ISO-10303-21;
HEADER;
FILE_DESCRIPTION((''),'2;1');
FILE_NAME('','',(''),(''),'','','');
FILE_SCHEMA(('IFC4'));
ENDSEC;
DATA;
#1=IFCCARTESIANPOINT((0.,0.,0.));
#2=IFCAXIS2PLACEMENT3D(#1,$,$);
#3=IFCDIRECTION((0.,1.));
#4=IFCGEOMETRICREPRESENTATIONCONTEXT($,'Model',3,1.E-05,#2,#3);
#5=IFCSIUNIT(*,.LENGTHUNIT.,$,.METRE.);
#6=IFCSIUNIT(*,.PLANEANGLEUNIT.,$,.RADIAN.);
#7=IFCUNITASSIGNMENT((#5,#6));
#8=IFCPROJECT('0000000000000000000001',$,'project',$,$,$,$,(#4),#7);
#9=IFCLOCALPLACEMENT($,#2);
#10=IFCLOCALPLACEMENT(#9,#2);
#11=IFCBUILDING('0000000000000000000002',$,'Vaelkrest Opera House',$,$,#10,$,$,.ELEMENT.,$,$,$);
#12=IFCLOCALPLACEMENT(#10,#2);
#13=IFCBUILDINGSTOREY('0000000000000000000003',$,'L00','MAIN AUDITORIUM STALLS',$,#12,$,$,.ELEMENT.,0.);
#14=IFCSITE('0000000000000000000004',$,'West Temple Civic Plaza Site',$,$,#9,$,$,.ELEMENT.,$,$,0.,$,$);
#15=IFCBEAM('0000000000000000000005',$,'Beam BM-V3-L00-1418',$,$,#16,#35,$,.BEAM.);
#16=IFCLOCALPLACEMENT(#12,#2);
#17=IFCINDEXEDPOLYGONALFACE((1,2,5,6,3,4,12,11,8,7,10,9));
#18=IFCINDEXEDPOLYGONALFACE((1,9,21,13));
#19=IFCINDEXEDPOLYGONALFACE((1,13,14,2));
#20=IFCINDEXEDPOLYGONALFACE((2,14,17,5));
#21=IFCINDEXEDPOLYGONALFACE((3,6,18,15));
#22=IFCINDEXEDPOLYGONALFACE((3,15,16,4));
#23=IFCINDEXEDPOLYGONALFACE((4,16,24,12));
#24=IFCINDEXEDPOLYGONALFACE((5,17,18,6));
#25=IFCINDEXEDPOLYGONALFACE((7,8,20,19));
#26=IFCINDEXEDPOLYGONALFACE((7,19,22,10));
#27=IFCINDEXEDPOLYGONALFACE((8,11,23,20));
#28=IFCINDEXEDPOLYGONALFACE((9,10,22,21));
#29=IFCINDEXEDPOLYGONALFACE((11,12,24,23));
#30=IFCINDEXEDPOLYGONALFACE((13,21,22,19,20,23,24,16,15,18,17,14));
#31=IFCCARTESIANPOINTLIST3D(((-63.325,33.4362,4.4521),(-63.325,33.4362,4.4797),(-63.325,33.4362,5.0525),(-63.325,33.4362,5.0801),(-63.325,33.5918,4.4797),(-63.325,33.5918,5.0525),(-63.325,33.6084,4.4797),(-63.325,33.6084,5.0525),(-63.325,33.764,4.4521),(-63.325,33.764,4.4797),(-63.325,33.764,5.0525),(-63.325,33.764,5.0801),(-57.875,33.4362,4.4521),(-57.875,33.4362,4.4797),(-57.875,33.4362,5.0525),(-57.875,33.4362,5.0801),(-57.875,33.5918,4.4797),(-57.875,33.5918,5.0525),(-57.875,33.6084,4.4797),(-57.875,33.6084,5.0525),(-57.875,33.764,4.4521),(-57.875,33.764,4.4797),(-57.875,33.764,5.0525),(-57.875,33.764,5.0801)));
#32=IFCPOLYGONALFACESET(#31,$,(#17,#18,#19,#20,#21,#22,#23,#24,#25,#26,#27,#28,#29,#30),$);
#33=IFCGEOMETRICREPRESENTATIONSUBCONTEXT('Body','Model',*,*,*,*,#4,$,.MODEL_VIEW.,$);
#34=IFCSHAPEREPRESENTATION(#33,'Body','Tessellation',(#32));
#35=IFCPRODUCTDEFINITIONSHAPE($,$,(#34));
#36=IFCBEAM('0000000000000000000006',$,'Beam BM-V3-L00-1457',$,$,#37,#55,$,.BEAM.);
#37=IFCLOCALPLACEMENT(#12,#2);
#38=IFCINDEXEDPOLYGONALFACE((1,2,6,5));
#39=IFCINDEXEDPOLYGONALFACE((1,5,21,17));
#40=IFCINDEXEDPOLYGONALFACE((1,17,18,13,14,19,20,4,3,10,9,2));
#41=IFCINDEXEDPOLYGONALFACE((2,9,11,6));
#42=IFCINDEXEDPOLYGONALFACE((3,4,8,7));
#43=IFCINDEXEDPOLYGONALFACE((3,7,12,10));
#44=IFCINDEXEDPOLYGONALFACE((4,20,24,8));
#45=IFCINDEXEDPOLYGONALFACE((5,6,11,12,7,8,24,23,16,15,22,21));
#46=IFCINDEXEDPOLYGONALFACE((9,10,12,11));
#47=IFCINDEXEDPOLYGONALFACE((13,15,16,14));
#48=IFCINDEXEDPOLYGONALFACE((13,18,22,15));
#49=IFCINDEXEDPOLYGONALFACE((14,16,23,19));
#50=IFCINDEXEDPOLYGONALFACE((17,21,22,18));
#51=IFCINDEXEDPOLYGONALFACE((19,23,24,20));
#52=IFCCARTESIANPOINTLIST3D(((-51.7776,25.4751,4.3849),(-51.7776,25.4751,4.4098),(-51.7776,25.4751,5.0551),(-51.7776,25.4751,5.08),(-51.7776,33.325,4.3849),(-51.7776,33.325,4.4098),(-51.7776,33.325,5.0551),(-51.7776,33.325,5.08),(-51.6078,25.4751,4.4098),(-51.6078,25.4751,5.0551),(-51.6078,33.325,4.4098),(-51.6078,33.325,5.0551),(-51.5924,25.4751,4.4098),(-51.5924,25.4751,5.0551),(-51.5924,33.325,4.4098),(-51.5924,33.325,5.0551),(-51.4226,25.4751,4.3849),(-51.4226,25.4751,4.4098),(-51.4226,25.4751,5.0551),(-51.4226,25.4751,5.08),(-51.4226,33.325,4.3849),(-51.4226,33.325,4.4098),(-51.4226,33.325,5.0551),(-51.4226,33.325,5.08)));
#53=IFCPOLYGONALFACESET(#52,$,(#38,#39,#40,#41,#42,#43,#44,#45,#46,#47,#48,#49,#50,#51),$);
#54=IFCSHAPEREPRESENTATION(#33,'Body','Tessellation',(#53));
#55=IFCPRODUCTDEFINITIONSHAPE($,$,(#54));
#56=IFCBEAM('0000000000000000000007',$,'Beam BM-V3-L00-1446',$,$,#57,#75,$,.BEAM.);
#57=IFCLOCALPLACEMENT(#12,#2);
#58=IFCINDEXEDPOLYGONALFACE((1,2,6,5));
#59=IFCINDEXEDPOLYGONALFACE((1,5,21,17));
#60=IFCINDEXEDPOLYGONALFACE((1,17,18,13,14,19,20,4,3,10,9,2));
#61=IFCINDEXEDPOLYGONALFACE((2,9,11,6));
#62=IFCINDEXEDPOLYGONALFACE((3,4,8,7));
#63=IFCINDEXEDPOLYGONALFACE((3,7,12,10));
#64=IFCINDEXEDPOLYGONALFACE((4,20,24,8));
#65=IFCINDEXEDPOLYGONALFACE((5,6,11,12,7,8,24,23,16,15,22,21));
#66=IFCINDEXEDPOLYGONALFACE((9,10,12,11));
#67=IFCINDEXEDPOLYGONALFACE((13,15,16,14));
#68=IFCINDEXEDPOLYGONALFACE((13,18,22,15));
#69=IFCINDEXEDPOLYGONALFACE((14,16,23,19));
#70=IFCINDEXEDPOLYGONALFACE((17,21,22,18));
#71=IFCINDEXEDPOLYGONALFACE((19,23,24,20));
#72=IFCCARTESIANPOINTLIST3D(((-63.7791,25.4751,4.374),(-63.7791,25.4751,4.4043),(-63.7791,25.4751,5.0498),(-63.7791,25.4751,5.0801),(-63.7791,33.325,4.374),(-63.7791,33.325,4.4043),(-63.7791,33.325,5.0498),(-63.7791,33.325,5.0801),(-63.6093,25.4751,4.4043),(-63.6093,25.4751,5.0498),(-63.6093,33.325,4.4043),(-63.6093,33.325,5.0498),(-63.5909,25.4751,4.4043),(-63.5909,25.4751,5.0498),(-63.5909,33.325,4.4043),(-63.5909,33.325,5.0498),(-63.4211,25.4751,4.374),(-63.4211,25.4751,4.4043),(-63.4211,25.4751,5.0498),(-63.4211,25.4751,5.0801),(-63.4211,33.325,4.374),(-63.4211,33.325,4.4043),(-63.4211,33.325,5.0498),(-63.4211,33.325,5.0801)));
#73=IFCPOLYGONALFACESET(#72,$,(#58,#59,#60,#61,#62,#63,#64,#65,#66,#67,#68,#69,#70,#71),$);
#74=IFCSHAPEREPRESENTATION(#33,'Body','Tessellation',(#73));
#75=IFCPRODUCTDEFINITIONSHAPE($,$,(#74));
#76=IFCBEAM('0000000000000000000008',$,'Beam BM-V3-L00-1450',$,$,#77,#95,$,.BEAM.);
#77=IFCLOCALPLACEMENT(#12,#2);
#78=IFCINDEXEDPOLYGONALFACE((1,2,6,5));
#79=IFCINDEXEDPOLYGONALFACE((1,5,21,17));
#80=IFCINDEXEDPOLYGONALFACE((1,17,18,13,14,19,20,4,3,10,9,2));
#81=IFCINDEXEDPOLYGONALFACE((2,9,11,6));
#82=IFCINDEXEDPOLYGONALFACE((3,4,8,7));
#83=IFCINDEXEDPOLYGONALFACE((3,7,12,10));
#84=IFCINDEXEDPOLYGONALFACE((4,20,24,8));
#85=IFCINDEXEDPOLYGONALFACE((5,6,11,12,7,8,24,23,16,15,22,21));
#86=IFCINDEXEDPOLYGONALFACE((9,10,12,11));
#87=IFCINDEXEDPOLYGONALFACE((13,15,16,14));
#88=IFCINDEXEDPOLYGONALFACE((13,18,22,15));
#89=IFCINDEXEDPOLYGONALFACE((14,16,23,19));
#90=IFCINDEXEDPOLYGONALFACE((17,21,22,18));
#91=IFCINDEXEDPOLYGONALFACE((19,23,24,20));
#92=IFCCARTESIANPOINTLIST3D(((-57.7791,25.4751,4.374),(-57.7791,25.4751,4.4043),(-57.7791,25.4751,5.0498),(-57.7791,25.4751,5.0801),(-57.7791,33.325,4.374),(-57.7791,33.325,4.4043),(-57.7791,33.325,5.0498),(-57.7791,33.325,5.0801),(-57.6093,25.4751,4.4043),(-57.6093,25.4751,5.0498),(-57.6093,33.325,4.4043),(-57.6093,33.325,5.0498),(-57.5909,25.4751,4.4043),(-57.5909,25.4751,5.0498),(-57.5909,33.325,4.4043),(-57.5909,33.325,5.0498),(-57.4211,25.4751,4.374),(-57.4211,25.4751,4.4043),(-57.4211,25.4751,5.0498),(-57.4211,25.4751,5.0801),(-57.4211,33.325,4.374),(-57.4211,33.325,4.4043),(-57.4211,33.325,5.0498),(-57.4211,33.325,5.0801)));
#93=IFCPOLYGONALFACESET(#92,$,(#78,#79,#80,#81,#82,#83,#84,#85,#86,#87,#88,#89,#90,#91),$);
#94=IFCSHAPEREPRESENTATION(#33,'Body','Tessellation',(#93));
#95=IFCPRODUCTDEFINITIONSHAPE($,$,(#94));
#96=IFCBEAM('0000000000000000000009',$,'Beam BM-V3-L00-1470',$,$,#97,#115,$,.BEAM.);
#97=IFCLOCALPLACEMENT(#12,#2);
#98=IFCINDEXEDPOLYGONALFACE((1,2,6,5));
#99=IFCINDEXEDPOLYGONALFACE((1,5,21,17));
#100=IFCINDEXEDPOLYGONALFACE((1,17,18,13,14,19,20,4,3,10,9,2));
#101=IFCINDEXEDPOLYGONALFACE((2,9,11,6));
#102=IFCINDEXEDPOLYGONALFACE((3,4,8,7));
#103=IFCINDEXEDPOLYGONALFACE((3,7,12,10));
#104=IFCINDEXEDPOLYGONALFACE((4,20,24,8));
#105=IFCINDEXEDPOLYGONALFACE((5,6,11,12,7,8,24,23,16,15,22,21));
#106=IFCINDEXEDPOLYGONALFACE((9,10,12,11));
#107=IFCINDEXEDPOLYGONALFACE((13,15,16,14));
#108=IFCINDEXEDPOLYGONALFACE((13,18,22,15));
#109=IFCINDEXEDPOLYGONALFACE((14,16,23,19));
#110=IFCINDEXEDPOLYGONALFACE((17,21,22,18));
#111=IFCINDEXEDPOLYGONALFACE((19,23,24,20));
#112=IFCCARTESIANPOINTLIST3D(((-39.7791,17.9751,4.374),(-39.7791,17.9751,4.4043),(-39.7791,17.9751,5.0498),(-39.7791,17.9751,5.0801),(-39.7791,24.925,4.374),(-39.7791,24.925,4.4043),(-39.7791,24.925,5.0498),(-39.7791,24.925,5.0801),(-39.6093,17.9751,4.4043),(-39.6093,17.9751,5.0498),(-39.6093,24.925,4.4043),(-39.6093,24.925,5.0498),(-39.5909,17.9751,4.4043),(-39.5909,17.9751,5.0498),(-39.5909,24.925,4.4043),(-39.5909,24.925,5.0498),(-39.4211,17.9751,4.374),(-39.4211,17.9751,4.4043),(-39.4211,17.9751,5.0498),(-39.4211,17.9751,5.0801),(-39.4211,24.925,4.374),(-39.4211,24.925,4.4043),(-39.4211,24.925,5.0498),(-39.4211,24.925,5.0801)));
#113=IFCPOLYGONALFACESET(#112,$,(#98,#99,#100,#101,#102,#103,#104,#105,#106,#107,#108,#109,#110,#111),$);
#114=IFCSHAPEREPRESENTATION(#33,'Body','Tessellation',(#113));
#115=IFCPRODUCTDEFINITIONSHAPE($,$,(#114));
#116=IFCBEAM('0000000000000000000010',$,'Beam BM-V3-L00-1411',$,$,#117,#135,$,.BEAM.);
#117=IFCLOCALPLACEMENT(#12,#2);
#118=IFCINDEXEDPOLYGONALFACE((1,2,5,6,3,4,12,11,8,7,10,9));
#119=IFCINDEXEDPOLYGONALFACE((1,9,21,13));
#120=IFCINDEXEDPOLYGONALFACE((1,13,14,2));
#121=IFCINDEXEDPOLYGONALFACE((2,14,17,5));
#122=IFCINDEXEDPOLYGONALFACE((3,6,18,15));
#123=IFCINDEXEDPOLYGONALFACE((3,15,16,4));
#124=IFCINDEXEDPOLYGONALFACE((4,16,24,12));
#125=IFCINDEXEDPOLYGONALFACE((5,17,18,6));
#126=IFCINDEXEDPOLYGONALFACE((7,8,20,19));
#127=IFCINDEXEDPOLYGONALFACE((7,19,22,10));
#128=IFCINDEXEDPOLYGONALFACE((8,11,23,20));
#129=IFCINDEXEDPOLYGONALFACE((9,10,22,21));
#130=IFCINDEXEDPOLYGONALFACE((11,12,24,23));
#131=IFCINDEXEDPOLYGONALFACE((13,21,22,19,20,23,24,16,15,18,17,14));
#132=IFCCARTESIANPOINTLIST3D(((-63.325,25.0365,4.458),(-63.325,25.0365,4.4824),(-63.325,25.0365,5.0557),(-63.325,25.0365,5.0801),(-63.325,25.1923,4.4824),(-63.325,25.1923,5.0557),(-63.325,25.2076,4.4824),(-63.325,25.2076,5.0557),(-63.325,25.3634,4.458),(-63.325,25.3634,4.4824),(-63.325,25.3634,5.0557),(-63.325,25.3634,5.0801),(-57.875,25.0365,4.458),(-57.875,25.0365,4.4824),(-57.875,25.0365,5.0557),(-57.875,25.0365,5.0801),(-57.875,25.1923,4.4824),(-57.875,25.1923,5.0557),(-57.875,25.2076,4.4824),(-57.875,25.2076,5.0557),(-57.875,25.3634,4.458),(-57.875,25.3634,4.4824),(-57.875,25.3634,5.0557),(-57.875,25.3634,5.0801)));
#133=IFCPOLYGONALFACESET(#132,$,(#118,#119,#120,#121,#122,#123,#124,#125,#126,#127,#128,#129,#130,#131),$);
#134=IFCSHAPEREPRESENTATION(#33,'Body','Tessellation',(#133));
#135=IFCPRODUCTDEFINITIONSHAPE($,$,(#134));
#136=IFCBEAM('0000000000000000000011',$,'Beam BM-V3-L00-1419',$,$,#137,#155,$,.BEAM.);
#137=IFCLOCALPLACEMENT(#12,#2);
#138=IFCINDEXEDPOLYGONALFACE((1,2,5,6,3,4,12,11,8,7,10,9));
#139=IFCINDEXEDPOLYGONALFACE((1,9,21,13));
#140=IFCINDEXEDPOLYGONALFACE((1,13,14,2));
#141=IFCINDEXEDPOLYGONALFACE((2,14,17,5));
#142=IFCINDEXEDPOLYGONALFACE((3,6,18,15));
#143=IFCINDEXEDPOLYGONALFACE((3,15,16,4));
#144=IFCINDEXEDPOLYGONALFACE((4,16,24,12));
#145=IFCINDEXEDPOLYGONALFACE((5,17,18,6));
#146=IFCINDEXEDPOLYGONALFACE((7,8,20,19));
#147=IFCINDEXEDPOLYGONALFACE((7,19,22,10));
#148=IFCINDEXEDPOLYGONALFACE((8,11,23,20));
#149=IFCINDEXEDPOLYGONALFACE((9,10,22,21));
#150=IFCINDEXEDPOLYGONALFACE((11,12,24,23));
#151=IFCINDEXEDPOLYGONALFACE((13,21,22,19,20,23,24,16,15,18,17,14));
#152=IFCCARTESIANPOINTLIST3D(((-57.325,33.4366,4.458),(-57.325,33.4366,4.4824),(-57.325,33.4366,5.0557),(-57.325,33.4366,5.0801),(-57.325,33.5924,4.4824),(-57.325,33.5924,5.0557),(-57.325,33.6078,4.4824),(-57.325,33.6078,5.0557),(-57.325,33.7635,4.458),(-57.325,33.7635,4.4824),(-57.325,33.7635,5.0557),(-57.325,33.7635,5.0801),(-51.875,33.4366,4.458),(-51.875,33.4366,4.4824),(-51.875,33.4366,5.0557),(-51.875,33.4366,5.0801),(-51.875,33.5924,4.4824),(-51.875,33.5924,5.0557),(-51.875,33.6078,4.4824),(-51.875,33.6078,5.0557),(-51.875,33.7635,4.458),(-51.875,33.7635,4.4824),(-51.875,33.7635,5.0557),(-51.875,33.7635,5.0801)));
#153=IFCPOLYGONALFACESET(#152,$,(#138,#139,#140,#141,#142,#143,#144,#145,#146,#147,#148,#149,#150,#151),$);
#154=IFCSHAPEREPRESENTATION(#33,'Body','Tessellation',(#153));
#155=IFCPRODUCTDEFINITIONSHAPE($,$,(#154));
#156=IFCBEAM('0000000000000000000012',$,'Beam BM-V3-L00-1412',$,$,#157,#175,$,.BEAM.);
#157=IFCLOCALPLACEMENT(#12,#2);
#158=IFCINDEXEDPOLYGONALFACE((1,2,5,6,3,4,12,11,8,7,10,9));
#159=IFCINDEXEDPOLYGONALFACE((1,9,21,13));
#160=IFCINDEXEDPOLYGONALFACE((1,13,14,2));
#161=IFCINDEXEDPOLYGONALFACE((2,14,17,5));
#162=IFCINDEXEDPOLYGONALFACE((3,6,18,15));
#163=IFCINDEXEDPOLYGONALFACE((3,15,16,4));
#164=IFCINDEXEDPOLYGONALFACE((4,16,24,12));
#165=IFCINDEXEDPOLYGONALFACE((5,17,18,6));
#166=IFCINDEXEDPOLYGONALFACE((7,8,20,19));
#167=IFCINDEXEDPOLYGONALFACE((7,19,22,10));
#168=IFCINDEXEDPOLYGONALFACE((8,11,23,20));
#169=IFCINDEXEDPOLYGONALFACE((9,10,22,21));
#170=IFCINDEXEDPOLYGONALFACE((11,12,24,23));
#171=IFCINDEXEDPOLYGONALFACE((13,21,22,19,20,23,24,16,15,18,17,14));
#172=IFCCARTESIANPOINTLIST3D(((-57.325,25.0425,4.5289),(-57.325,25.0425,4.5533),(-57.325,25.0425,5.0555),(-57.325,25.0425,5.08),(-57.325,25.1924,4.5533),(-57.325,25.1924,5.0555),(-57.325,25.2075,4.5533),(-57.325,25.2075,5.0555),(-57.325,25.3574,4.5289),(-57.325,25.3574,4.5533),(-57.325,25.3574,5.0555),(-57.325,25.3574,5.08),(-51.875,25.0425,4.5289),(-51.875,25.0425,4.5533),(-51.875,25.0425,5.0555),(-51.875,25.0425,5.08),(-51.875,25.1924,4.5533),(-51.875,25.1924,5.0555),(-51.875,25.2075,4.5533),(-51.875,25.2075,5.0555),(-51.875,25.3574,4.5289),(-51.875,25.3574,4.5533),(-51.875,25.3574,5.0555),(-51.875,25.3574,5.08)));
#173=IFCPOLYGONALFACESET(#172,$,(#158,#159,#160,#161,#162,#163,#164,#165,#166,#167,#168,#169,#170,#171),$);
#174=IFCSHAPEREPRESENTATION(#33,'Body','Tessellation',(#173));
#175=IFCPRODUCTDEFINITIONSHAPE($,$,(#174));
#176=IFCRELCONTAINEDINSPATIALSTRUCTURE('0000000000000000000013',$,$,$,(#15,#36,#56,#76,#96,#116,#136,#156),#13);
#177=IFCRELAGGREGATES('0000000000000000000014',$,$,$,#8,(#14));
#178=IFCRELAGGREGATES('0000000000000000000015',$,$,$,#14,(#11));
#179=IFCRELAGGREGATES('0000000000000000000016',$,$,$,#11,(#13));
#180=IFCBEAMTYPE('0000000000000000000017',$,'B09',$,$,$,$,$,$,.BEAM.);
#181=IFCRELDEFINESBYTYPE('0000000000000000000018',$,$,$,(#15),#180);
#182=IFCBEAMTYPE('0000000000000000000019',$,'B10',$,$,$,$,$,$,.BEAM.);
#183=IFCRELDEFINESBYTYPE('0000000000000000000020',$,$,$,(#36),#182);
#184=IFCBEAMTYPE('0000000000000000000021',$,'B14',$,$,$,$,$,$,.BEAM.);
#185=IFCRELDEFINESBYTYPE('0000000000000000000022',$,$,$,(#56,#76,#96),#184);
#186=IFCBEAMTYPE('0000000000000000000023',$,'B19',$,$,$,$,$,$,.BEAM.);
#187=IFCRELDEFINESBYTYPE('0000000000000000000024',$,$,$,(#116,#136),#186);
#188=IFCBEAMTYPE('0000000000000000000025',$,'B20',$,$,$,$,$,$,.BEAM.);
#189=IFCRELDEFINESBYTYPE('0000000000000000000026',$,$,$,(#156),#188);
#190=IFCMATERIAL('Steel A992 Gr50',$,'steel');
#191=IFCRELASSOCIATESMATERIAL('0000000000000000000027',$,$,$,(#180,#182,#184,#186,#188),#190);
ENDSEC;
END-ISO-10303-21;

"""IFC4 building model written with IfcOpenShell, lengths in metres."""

from ifc_helpers import new_model, si_unit, direction, frame, origin, origin_2d, place, context, subcontext, project, spatial, i_section, extrude, material, material_profile, profile_set, type_object, element, save


model = new_model("IFC4")

# Units and contexts
model_context = context("Model", 3, precision=1e-05, world=origin(), true_north=direction((0.0, 1.0)))
body_context = subcontext(model_context, "Body", "Model", "MODEL_VIEW")
ifc_project = project(units=[si_unit("LENGTHUNIT", "METRE"), si_unit("PLANEANGLEUNIT", "RADIAN")], contexts=[model_context])

# Site, building, storey
site_placement = place(None, origin())
site = spatial("IfcSite", under=ifc_project, at=site_placement, Name="West Temple Civic Plaza Site", CompositionType="ELEMENT", RefElevation=0.0)
building_placement = place(site_placement, origin())
building = spatial("IfcBuilding", under=site, at=building_placement, Name="Vaelkrest Opera House", CompositionType="ELEMENT")
storey_placement = place(building_placement, origin())
storey = spatial("IfcBuildingStorey", under=building, at=storey_placement, Name="L00", Description="MAIN AUDITORIUM STALLS", CompositionType="ELEMENT", Elevation=0.0)

# Beams
ifc_material_1 = material(Name="Steel A992 Gr50", Category="steel")
ifc_material_profile_1 = material_profile(ifc_material_1, i_section(OverallWidth=0.3279, OverallDepth=0.6279, WebThickness=0.0166, FlangeThickness=0.0276, at=origin_2d()), Name="W24X146")
ifc_profile_set_1 = profile_set([ifc_material_profile_1], Name="Steel A992 Gr50")
beam_type_1 = type_object("IfcBeamType", Name="B09", PredefinedType="BEAM", material=ifc_profile_set_1)
beam_1_placement = place(storey_placement, frame((-63.325, 33.6001, 4.7661), z_axis=(1.0, 0.0, 0.0), x_axis=(0.0, 1.0, 0.0)))
element("IfcBeam", 1, at=beam_1_placement, inside=storey, type_object=beam_type_1, Name="Beam BM-V3-L00-1418", PredefinedType="BEAM", context=body_context, shape_type="SweptSolid", body=[
    extrude(i_section(OverallWidth=0.3279, OverallDepth=0.6279, WebThickness=0.0166, FlangeThickness=0.0276, at=origin_2d()), origin(), (0.0, 0.0, 1.0), 5.45),
])
ifc_material_profile_2 = material_profile(ifc_material_1, i_section(OverallWidth=0.355, OverallDepth=0.6951, WebThickness=0.0154, FlangeThickness=0.0249, at=origin_2d()), Name="W27X146")
ifc_profile_set_2 = profile_set([ifc_material_profile_2], Name="Steel A992 Gr50")
beam_type_2 = type_object("IfcBeamType", Name="B10", PredefinedType="BEAM", material=ifc_profile_set_2)
beam_2_placement = place(storey_placement, frame((-51.6001, 25.4751, 4.7324), z_axis=(0.0, 1.0, 0.0), x_axis=(-1.0, 0.0, 0.0)))
element("IfcBeam", 2, at=beam_2_placement, inside=storey, type_object=beam_type_2, Name="Beam BM-V3-L00-1457", PredefinedType="BEAM", context=body_context, shape_type="SweptSolid", body=[
    extrude(i_section(OverallWidth=0.355, OverallDepth=0.6951, WebThickness=0.0154, FlangeThickness=0.0249, at=origin_2d()), origin(), (0.0, 0.0, 1.0), 7.8499),
])
ifc_material_profile_3 = material_profile(ifc_material_1, i_section(OverallWidth=0.3579, OverallDepth=0.7061, WebThickness=0.0183, FlangeThickness=0.0303, at=origin_2d()), Name="W27X178")
ifc_profile_set_3 = profile_set([ifc_material_profile_3], Name="Steel A992 Gr50")
beam_type_3 = type_object("IfcBeamType", Name="B14", PredefinedType="BEAM", material=ifc_profile_set_3)
for number, where, z_axis, x_axis, name in (
    (3, (-63.6001, 25.4751, 4.7271), (0.0, 1.0, 0.0), (-1.0, 0.0, 0.0), "Beam BM-V3-L00-1446"),
    (4, (-57.6001, 25.4751, 4.7271), (0.0, 1.0, 0.0), (-1.0, 0.0, 0.0), "Beam BM-V3-L00-1450"),
):
    element("IfcBeam", number, at=place(storey_placement, frame(where, z_axis=z_axis, x_axis=x_axis)), inside=storey, type_object=beam_type_3, Name=name, PredefinedType="BEAM", context=body_context, shape_type="SweptSolid", body=[
        extrude(i_section(OverallWidth=0.3579, OverallDepth=0.7061, WebThickness=0.0183, FlangeThickness=0.0303, at=origin_2d()), origin(), (0.0, 0.0, 1.0), 7.8499),
    ])
beam_3_placement = place(storey_placement, frame((-39.6001, 17.9751, 4.7271), z_axis=(0.0, 1.0, 0.0), x_axis=(-1.0, 0.0, 0.0)))
element("IfcBeam", 5, at=beam_3_placement, inside=storey, type_object=beam_type_3, Name="Beam BM-V3-L00-1470", PredefinedType="BEAM", context=body_context, shape_type="SweptSolid", body=[
    extrude(i_section(OverallWidth=0.3579, OverallDepth=0.7061, WebThickness=0.0183, FlangeThickness=0.0303, at=origin_2d()), origin(), (0.0, 0.0, 1.0), 6.95),
])
ifc_material_profile_4 = material_profile(ifc_material_1, i_section(OverallWidth=0.3269, OverallDepth=0.6221, WebThickness=0.0154, FlangeThickness=0.0244, at=origin_2d()), Name="W24X131")
ifc_profile_set_4 = profile_set([ifc_material_profile_4], Name="Steel A992 Gr50")
beam_type_4 = type_object("IfcBeamType", Name="B19", PredefinedType="BEAM", material=ifc_profile_set_4)
for number, where, z_axis, x_axis, name in (
    (6, (-63.325, 25.2, 4.769), (1.0, 0.0, 0.0), (0.0, 1.0, 0.0), "Beam BM-V3-L00-1411"),
    (7, (-57.325, 33.6001, 4.769), (1.0, 0.0, 0.0), (0.0, 1.0, 0.0), "Beam BM-V3-L00-1419"),
):
    element("IfcBeam", number, at=place(storey_placement, frame(where, z_axis=z_axis, x_axis=x_axis)), inside=storey, type_object=beam_type_4, Name=name, PredefinedType="BEAM", context=body_context, shape_type="SweptSolid", body=[
        extrude(i_section(OverallWidth=0.3269, OverallDepth=0.6221, WebThickness=0.0154, FlangeThickness=0.0244, at=origin_2d()), origin(), (0.0, 0.0, 1.0), 5.45),
    ])
ifc_material_profile_5 = material_profile(ifc_material_1, i_section(OverallWidth=0.3149, OverallDepth=0.551, WebThickness=0.0151, FlangeThickness=0.0244, at=origin_2d()), Name="W21X122")
ifc_profile_set_5 = profile_set([ifc_material_profile_5], Name="Steel A992 Gr50")
beam_type_5 = type_object("IfcBeamType", Name="B20", PredefinedType="BEAM", material=ifc_profile_set_5)
for number, where, z_axis, x_axis, name in (
    (8, (-57.325, 25.2, 4.8044), (1.0, 0.0, 0.0), (0.0, 1.0, 0.0), "Beam BM-V3-L00-1412"),
):
    element("IfcBeam", number, at=place(storey_placement, frame(where, z_axis=z_axis, x_axis=x_axis)), inside=storey, type_object=beam_type_5, Name=name, PredefinedType="BEAM", context=body_context, shape_type="SweptSolid", body=[
        extrude(i_section(OverallWidth=0.3149, OverallDepth=0.551, WebThickness=0.0151, FlangeThickness=0.0244, at=origin_2d()), origin(), (0.0, 0.0, 1.0), 5.45),
    ])

save(model, "model.ifc")
